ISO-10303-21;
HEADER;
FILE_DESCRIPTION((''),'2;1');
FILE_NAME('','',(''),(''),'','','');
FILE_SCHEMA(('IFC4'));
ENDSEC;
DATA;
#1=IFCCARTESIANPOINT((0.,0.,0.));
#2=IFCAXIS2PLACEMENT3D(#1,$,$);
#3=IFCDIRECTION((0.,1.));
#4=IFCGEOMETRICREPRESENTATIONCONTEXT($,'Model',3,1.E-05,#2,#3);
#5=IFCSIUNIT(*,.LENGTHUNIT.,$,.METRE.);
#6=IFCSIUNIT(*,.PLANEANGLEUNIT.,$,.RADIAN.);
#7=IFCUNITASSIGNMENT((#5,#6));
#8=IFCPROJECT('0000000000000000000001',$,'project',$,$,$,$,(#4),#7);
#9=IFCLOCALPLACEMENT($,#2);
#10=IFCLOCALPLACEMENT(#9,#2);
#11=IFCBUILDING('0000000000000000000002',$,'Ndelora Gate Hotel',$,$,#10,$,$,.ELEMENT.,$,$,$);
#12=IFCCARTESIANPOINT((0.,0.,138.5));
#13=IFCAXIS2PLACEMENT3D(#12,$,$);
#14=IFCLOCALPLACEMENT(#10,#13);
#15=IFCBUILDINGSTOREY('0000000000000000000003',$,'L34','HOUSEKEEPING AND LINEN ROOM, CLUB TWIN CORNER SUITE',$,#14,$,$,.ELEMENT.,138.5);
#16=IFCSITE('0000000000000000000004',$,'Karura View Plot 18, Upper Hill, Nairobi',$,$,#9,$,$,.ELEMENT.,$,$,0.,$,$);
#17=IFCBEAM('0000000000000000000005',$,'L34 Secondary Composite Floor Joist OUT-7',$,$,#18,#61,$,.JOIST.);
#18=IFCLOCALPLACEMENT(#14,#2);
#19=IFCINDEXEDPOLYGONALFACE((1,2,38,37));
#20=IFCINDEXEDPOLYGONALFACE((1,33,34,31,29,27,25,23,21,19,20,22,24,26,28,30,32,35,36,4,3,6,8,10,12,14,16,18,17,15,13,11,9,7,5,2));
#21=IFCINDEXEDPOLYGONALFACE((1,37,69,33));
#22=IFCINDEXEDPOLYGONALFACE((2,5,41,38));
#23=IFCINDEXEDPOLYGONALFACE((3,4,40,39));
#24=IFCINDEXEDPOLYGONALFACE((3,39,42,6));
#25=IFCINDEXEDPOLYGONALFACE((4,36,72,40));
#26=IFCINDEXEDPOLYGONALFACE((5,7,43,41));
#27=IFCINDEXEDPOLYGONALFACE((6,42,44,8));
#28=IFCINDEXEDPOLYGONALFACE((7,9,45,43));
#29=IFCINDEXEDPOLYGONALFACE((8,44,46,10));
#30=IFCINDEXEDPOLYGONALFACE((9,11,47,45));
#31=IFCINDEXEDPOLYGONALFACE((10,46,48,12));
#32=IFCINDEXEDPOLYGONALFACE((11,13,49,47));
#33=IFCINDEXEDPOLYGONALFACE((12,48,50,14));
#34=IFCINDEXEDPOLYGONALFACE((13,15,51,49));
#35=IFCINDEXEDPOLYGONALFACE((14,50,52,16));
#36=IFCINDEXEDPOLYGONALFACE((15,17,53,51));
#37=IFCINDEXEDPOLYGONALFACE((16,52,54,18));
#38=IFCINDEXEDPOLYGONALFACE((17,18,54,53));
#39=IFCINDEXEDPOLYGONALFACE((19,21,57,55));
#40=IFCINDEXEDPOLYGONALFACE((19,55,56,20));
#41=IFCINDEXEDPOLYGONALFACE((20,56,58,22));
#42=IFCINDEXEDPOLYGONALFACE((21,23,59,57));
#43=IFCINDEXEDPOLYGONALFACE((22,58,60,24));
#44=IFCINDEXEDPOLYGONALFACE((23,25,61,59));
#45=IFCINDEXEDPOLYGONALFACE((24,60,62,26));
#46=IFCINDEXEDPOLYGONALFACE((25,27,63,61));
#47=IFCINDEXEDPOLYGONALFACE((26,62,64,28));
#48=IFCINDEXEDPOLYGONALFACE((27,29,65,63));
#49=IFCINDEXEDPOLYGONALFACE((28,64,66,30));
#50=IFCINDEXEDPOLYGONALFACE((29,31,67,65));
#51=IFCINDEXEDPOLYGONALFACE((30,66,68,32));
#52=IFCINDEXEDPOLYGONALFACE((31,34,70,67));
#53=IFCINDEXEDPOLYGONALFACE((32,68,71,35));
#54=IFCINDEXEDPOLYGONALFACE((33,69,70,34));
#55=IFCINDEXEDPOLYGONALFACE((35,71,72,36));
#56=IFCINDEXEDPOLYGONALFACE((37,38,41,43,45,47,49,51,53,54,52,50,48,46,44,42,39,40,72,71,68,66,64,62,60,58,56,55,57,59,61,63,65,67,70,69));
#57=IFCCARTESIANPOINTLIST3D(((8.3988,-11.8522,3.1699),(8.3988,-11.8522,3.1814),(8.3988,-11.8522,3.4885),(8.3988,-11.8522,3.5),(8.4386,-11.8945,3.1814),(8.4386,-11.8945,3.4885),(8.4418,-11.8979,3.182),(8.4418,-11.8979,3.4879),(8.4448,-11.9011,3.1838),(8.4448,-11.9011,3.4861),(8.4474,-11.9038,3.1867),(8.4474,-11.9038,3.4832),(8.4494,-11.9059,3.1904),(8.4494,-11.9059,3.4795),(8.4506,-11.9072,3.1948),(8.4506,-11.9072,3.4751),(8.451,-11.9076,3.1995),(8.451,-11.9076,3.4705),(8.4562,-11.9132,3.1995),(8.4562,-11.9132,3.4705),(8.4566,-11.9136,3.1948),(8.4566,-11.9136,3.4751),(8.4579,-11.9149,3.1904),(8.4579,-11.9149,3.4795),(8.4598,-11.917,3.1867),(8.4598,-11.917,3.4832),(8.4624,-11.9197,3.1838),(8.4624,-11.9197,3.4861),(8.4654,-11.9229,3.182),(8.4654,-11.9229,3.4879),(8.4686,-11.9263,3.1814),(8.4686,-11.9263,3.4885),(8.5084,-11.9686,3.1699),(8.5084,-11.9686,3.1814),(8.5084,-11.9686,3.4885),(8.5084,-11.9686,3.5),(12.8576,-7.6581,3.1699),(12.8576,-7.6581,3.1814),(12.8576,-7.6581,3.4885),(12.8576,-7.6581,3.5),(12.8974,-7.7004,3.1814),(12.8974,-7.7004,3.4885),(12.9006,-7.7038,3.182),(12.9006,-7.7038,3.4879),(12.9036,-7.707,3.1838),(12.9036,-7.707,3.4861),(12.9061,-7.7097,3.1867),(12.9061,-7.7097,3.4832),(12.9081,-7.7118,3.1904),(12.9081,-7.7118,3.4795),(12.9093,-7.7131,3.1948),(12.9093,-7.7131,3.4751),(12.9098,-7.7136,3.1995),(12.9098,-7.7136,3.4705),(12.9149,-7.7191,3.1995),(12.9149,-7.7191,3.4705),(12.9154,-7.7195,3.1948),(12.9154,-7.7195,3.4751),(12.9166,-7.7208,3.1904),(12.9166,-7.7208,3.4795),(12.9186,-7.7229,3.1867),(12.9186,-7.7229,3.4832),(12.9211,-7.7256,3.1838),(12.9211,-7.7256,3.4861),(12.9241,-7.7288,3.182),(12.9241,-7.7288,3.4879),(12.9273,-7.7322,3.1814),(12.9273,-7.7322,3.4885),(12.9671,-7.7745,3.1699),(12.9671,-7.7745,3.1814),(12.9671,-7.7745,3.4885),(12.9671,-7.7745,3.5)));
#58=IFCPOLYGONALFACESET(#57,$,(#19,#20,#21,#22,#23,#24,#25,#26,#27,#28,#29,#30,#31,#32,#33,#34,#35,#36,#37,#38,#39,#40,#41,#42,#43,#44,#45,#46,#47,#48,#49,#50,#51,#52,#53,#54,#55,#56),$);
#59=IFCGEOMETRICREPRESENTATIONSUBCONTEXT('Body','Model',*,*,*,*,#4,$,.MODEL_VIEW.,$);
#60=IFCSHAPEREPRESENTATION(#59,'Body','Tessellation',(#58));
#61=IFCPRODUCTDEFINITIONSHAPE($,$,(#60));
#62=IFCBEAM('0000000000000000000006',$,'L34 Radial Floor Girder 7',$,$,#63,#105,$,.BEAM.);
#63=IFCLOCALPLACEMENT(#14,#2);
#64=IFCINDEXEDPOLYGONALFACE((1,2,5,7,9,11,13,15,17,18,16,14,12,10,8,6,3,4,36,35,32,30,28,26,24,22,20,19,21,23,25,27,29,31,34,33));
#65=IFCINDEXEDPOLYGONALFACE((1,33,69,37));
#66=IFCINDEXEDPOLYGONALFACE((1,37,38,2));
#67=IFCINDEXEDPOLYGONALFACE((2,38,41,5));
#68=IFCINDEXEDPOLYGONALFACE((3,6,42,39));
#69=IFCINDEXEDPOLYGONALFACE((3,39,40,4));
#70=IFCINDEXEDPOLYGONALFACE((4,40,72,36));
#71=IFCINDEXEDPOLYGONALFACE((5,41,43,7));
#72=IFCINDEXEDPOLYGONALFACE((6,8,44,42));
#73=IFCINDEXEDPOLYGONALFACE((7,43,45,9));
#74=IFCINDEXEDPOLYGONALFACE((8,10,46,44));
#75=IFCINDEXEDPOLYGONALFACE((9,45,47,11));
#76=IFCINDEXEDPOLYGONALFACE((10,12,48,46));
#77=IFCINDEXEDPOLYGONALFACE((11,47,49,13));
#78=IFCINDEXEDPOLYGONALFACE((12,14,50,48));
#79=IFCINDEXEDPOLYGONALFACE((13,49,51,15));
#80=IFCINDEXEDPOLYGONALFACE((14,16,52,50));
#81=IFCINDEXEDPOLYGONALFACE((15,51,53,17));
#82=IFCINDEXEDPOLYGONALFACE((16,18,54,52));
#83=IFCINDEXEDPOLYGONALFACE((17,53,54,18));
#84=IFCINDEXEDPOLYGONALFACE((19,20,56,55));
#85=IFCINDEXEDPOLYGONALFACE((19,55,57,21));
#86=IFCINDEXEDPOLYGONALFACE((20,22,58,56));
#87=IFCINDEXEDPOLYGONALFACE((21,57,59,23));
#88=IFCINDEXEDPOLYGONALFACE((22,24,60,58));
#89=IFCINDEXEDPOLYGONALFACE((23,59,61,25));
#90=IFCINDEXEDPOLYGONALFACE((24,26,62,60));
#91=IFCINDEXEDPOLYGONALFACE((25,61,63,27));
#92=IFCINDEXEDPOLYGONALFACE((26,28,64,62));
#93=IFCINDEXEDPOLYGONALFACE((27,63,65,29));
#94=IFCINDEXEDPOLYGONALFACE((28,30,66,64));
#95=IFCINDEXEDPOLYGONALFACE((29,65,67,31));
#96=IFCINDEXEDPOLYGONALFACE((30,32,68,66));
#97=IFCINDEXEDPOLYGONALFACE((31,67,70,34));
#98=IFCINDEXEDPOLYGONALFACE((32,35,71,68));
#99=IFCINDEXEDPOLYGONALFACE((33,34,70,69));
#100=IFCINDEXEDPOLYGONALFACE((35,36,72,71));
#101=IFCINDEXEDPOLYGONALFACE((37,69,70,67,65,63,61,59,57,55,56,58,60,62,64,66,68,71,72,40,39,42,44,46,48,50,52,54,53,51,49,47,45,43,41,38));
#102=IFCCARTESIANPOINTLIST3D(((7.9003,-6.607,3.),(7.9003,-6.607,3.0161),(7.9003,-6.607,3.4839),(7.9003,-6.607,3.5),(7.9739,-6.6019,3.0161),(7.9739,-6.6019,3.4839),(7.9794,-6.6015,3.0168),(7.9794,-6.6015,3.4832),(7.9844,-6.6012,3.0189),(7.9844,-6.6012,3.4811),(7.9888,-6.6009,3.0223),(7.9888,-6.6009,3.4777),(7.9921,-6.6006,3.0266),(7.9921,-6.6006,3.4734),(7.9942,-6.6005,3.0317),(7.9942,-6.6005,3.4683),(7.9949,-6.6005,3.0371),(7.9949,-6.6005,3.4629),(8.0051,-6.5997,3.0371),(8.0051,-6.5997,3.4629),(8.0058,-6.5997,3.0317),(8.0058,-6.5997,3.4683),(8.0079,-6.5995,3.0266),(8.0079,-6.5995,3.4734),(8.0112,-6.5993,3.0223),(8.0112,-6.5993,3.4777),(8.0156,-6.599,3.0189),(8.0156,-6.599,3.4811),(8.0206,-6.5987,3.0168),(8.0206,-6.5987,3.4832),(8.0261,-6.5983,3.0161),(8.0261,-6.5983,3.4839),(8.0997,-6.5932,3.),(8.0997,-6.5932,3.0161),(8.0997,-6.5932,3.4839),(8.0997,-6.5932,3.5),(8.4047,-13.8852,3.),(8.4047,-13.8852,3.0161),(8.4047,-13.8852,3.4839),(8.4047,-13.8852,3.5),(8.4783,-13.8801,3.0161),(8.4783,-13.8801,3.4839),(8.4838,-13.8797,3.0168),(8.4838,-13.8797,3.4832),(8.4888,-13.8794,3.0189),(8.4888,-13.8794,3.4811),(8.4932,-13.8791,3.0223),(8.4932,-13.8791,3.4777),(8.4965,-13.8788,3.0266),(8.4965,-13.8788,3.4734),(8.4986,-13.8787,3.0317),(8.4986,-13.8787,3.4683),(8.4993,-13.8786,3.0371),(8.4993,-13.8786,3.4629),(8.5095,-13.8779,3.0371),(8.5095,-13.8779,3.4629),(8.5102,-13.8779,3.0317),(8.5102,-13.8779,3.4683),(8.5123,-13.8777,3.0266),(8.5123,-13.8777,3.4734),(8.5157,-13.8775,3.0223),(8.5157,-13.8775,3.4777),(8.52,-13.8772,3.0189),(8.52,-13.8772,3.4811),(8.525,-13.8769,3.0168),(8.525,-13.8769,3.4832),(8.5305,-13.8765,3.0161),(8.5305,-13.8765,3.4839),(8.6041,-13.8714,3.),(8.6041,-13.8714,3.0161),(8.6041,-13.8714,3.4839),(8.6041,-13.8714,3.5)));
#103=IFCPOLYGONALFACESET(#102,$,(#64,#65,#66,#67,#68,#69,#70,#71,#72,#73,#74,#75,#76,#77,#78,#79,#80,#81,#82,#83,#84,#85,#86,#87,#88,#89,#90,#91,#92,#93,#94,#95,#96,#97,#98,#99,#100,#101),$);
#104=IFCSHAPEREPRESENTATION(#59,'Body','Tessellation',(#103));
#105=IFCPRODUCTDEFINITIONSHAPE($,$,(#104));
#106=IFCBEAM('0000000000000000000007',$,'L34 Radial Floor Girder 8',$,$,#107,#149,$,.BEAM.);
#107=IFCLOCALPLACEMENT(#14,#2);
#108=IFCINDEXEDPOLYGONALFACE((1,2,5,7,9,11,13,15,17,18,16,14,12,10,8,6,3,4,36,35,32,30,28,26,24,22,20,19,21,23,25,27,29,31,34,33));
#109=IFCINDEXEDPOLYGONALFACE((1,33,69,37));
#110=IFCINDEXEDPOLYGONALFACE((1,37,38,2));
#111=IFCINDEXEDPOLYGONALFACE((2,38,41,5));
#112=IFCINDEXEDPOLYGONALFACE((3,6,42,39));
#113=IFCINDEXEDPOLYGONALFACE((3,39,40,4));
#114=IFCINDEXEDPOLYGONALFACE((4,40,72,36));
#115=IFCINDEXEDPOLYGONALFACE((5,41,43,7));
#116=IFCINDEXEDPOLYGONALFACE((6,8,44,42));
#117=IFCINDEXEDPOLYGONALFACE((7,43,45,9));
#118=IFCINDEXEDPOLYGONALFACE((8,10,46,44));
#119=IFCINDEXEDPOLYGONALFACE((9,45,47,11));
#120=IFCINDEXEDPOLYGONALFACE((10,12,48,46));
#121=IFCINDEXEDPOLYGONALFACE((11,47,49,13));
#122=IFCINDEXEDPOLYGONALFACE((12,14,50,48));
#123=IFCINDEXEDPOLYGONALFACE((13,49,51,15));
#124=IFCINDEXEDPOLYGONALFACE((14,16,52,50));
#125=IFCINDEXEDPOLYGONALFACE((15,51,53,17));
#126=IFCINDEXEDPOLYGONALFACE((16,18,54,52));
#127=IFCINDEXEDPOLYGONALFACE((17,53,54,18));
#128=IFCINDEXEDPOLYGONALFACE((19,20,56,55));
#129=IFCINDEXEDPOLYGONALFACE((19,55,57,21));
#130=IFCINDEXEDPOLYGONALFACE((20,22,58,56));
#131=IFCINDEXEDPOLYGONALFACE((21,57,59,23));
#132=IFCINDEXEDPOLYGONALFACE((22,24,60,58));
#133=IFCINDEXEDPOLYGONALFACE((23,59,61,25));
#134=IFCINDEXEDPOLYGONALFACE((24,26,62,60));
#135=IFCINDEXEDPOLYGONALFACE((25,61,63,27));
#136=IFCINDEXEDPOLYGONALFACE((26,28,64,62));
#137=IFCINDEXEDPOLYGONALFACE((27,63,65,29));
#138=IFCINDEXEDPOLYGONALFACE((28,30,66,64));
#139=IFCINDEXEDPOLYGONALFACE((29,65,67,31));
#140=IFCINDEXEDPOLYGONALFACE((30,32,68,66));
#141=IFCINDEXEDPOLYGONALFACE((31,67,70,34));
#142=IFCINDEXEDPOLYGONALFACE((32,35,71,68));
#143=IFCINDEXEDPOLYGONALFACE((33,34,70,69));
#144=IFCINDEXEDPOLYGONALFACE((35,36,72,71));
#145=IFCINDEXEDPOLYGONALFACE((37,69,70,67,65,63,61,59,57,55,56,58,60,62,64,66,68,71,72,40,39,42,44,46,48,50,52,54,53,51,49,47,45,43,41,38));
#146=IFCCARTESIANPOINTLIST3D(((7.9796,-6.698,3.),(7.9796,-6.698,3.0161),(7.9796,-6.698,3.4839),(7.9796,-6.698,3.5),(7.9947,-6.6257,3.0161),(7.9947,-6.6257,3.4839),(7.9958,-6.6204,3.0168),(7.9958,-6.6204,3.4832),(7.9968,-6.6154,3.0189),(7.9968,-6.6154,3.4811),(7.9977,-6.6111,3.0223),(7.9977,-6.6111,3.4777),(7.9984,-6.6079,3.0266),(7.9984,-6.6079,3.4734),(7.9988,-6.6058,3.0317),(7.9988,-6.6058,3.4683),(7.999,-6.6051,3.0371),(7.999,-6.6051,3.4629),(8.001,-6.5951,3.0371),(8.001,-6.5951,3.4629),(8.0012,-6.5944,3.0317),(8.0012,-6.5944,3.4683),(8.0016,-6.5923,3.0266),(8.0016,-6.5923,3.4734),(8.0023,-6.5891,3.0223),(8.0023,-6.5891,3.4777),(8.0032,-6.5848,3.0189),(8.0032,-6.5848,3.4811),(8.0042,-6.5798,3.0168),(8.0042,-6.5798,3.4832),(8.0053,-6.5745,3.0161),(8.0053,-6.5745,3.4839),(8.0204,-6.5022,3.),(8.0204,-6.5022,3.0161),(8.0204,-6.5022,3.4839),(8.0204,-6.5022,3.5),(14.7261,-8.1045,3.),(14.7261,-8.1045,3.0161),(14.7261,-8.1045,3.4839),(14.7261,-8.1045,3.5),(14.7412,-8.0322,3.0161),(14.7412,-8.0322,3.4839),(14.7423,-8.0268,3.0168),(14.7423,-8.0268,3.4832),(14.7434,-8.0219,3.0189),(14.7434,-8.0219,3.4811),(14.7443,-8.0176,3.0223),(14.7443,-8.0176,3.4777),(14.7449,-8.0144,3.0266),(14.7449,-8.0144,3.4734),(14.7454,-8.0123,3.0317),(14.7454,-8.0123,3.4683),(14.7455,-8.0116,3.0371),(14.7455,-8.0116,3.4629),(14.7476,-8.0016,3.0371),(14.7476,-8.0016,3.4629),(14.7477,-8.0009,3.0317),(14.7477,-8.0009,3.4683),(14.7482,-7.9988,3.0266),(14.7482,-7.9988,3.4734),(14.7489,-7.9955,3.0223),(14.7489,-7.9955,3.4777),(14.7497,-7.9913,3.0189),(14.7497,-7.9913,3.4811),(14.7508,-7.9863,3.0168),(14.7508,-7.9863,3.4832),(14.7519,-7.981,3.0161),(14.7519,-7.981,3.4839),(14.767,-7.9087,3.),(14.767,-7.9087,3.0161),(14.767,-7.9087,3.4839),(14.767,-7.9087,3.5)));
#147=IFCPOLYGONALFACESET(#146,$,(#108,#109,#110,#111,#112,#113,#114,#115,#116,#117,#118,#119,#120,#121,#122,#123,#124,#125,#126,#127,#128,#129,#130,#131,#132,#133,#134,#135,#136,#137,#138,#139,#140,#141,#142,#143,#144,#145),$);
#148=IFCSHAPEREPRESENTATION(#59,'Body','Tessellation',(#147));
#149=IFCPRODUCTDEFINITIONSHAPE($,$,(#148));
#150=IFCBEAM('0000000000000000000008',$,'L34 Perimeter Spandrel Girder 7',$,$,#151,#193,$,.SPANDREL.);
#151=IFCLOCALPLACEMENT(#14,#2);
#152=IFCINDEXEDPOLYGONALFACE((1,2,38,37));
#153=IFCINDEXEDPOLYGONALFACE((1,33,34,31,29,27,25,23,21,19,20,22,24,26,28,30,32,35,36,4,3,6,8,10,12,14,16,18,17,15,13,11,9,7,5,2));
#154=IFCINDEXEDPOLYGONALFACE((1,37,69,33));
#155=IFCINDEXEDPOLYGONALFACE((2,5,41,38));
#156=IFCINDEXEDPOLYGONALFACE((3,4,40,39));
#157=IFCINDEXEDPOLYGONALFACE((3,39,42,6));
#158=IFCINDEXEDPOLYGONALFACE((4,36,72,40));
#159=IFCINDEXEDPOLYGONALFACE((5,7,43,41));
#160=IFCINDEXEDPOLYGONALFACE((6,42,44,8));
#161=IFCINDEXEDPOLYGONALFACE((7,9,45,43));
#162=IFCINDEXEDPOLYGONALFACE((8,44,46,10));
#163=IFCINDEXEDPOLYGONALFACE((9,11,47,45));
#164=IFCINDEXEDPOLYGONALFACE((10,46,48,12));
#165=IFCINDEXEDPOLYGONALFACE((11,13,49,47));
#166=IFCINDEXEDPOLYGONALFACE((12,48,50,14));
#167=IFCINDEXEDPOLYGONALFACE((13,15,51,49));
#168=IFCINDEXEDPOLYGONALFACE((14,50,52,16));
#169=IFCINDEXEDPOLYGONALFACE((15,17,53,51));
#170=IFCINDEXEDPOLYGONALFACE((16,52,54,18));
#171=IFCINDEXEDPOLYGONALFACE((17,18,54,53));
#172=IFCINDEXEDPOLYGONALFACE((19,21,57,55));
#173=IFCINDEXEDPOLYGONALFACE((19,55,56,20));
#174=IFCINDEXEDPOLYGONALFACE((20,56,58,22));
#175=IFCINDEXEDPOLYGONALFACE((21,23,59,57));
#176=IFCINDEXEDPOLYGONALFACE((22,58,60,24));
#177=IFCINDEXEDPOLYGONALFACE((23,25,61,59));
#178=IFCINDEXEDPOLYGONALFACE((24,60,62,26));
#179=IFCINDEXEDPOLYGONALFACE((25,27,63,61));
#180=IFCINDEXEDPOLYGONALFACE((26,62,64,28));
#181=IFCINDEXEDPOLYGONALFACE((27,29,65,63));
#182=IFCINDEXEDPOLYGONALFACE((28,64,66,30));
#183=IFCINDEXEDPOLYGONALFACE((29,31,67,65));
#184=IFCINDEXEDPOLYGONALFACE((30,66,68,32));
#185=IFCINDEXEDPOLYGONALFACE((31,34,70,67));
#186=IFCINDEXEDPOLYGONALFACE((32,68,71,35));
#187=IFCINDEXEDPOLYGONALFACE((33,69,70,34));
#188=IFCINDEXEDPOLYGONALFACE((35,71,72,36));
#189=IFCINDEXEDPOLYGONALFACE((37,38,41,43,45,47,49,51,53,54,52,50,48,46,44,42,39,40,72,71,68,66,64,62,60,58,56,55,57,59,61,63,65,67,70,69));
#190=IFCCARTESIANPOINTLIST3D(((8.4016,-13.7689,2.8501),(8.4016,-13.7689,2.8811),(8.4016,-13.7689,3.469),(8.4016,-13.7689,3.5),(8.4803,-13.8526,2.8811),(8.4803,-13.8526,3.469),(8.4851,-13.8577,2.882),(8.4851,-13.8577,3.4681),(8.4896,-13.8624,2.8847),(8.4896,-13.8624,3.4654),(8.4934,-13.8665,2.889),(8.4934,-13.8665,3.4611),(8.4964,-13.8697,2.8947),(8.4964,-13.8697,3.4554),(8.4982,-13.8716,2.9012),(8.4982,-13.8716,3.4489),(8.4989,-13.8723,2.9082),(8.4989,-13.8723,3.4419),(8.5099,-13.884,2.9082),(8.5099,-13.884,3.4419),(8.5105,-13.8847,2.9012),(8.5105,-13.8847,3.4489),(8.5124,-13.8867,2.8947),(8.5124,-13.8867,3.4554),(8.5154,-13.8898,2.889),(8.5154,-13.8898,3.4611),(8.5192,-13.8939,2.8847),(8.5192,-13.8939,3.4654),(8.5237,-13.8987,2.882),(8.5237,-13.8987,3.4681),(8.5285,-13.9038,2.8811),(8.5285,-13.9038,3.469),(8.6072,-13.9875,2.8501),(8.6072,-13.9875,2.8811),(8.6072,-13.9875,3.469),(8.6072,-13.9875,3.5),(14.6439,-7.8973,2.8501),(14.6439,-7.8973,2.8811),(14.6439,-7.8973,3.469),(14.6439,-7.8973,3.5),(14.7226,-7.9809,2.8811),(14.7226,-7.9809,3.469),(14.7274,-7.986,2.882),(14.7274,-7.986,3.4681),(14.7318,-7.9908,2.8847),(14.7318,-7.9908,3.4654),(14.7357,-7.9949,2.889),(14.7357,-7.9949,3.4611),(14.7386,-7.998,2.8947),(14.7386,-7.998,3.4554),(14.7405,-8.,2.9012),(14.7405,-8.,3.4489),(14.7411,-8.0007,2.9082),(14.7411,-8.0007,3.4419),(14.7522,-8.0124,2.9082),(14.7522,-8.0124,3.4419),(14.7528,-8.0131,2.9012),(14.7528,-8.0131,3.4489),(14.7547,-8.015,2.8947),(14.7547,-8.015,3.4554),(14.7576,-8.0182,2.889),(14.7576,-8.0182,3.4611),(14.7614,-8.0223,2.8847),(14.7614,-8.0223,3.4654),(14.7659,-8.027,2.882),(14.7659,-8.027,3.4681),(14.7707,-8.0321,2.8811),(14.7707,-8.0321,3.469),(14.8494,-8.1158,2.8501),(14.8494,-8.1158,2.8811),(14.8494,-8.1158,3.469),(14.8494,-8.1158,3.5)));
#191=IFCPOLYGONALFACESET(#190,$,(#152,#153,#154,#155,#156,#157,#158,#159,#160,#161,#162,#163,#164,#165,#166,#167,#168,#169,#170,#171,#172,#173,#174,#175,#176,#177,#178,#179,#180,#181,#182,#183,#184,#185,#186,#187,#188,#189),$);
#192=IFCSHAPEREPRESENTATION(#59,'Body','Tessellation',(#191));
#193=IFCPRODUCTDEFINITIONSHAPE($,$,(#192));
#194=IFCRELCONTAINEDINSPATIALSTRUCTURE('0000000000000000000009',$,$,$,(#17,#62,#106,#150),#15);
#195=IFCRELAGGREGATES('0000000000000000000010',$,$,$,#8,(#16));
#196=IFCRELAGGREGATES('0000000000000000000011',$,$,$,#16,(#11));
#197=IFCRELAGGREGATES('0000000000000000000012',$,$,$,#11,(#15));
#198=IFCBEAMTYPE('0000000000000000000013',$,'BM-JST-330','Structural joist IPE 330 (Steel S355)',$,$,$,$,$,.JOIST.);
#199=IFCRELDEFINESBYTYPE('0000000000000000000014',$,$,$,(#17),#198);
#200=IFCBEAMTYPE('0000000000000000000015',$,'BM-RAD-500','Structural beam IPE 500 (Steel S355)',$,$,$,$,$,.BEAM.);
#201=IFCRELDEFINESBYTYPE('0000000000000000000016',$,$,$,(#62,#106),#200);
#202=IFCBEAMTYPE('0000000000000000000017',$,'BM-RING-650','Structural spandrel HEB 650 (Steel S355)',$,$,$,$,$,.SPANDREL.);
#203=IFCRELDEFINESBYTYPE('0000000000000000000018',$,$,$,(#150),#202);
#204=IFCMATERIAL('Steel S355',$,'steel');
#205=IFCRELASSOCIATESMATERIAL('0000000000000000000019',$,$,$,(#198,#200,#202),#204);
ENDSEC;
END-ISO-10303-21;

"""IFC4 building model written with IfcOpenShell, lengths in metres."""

from ifc_helpers import new_model, si_unit, direction, frame, origin, origin_2d, place, context, subcontext, project, spatial, i_section, extrude, material, material_profile, profile_set, type_object, element, save


model = new_model("IFC4")

# Units and contexts
model_context = context("Model", 3, precision=1e-05, world=origin(), true_north=direction((0.0, 1.0)))
body_context = subcontext(model_context, "Body", "Model", "MODEL_VIEW")
ifc_project = project(units=[si_unit("LENGTHUNIT", "METRE"), si_unit("PLANEANGLEUNIT", "RADIAN")], contexts=[model_context])

# Site, building, storey
site_placement = place(None, origin())
site = spatial("IfcSite", under=ifc_project, at=site_placement, Name="Karura View Plot 18, Upper Hill, Nairobi", CompositionType="ELEMENT", RefElevation=0.0)
building_placement = place(site_placement, origin())
building = spatial("IfcBuilding", under=site, at=building_placement, Name="Ndelora Gate Hotel", CompositionType="ELEMENT")
storey_placement = place(building_placement, frame((0.0, 0.0, 138.5)))
storey = spatial("IfcBuildingStorey", under=building, at=storey_placement, Name="L34", Description="HOUSEKEEPING AND LINEN ROOM, CLUB TWIN CORNER SUITE", CompositionType="ELEMENT", Elevation=138.5)

# Beams
ifc_material_1 = material(Name="Steel S355", Category="steel")
ifc_material_profile_1 = material_profile(ifc_material_1, i_section(OverallWidth=0.1599, OverallDepth=0.3301, WebThickness=0.0076, FlangeThickness=0.0115, FilletRadius=0.0181, at=origin_2d()), Name="IPE 330")
ifc_profile_set_1 = profile_set([ifc_material_profile_1], Name="Steel S355")
beam_type_1 = type_object("IfcBeamType", Name="BM-JST-330", Description="Structural joist IPE 330 (Steel S355)", PredefinedType="JOIST", material=ifc_profile_set_1)
beam_1_placement = place(storey_placement, frame((8.4536, -11.9104, 3.335), z_axis=(0.728393, 0.685159, 0.0), x_axis=(-0.685159, 0.728393, 0.0)))
element("IfcBeam", 1, at=beam_1_placement, inside=storey, type_object=beam_type_1, Name="L34 Secondary Composite Floor Joist OUT-7", PredefinedType="JOIST", context=body_context, shape_type="SweptSolid", body=[
    extrude(i_section(OverallWidth=0.1599, OverallDepth=0.3301, WebThickness=0.0076, FlangeThickness=0.0115, FilletRadius=0.0181, at=origin_2d()), origin(), (0.0, 0.0, 1.0), 6.1213),
])
ifc_material_profile_2 = material_profile(ifc_material_1, i_section(OverallWidth=0.2, OverallDepth=0.5, WebThickness=0.0103, FlangeThickness=0.0161, FilletRadius=0.021, at=origin_2d()), Name="IPE 500")
ifc_profile_set_2 = profile_set([ifc_material_profile_2], Name="Steel S355")
beam_type_2 = type_object("IfcBeamType", Name="BM-RAD-500", Description="Structural beam IPE 500 (Steel S355)", PredefinedType="BEAM", material=ifc_profile_set_2)
beam_2_placement = place(storey_placement, frame((8.0, -6.6001, 3.25), z_axis=(0.069137, -0.997607, 0.0), x_axis=(0.997607, 0.069137, 0.0)))
element("IfcBeam", 2, at=beam_2_placement, inside=storey, type_object=beam_type_2, Name="L34 Radial Floor Girder 7", PredefinedType="BEAM", context=body_context, shape_type="SweptSolid", body=[
    extrude(i_section(OverallWidth=0.2, OverallDepth=0.5, WebThickness=0.0103, FlangeThickness=0.0161, FilletRadius=0.021, at=origin_2d()), origin(), (0.0, 0.0, 1.0), 7.2957),
])
beam_3_placement = place(storey_placement, frame((8.0, -6.6001, 3.25), z_axis=(0.978953, -0.204087, 0.0), x_axis=(0.204087, 0.978953, 0.0)))
element("IfcBeam", 3, at=beam_3_placement, inside=storey, type_object=beam_type_2, Name="L34 Radial Floor Girder 8", PredefinedType="BEAM", context=body_context, shape_type="SweptSolid", body=[
    extrude(i_section(OverallWidth=0.2, OverallDepth=0.5, WebThickness=0.0103, FlangeThickness=0.0161, FilletRadius=0.021, at=origin_2d()), origin(), (0.0, 0.0, 1.0), 6.8916),
])
ifc_material_profile_3 = material_profile(ifc_material_1, i_section(OverallWidth=0.3, OverallDepth=0.6499, WebThickness=0.0161, FlangeThickness=0.031, FilletRadius=0.0271, at=origin_2d()), Name="HEB 650")
ifc_profile_set_3 = profile_set([ifc_material_profile_3], Name="Steel S355")
beam_type_3 = type_object("IfcBeamType", Name="BM-RING-650", Description="Structural spandrel HEB 650 (Steel S355)", PredefinedType="SPANDREL", material=ifc_profile_set_3)
beam_4_placement = place(storey_placement, frame((8.5044, -13.8782, 3.175), z_axis=(0.728399, 0.685153, 0.0), x_axis=(-0.685153, 0.728399, 0.0)))
element("IfcBeam", 4, at=beam_4_placement, inside=storey, type_object=beam_type_3, Name="L34 Perimeter Spandrel Girder 7", PredefinedType="SPANDREL", context=body_context, shape_type="SweptSolid", body=[
    extrude(i_section(OverallWidth=0.3, OverallDepth=0.6499, WebThickness=0.0161, FlangeThickness=0.031, FilletRadius=0.0271, at=origin_2d()), origin(), (0.0, 0.0, 1.0), 8.5698),
])

save(model, "model.ifc")
